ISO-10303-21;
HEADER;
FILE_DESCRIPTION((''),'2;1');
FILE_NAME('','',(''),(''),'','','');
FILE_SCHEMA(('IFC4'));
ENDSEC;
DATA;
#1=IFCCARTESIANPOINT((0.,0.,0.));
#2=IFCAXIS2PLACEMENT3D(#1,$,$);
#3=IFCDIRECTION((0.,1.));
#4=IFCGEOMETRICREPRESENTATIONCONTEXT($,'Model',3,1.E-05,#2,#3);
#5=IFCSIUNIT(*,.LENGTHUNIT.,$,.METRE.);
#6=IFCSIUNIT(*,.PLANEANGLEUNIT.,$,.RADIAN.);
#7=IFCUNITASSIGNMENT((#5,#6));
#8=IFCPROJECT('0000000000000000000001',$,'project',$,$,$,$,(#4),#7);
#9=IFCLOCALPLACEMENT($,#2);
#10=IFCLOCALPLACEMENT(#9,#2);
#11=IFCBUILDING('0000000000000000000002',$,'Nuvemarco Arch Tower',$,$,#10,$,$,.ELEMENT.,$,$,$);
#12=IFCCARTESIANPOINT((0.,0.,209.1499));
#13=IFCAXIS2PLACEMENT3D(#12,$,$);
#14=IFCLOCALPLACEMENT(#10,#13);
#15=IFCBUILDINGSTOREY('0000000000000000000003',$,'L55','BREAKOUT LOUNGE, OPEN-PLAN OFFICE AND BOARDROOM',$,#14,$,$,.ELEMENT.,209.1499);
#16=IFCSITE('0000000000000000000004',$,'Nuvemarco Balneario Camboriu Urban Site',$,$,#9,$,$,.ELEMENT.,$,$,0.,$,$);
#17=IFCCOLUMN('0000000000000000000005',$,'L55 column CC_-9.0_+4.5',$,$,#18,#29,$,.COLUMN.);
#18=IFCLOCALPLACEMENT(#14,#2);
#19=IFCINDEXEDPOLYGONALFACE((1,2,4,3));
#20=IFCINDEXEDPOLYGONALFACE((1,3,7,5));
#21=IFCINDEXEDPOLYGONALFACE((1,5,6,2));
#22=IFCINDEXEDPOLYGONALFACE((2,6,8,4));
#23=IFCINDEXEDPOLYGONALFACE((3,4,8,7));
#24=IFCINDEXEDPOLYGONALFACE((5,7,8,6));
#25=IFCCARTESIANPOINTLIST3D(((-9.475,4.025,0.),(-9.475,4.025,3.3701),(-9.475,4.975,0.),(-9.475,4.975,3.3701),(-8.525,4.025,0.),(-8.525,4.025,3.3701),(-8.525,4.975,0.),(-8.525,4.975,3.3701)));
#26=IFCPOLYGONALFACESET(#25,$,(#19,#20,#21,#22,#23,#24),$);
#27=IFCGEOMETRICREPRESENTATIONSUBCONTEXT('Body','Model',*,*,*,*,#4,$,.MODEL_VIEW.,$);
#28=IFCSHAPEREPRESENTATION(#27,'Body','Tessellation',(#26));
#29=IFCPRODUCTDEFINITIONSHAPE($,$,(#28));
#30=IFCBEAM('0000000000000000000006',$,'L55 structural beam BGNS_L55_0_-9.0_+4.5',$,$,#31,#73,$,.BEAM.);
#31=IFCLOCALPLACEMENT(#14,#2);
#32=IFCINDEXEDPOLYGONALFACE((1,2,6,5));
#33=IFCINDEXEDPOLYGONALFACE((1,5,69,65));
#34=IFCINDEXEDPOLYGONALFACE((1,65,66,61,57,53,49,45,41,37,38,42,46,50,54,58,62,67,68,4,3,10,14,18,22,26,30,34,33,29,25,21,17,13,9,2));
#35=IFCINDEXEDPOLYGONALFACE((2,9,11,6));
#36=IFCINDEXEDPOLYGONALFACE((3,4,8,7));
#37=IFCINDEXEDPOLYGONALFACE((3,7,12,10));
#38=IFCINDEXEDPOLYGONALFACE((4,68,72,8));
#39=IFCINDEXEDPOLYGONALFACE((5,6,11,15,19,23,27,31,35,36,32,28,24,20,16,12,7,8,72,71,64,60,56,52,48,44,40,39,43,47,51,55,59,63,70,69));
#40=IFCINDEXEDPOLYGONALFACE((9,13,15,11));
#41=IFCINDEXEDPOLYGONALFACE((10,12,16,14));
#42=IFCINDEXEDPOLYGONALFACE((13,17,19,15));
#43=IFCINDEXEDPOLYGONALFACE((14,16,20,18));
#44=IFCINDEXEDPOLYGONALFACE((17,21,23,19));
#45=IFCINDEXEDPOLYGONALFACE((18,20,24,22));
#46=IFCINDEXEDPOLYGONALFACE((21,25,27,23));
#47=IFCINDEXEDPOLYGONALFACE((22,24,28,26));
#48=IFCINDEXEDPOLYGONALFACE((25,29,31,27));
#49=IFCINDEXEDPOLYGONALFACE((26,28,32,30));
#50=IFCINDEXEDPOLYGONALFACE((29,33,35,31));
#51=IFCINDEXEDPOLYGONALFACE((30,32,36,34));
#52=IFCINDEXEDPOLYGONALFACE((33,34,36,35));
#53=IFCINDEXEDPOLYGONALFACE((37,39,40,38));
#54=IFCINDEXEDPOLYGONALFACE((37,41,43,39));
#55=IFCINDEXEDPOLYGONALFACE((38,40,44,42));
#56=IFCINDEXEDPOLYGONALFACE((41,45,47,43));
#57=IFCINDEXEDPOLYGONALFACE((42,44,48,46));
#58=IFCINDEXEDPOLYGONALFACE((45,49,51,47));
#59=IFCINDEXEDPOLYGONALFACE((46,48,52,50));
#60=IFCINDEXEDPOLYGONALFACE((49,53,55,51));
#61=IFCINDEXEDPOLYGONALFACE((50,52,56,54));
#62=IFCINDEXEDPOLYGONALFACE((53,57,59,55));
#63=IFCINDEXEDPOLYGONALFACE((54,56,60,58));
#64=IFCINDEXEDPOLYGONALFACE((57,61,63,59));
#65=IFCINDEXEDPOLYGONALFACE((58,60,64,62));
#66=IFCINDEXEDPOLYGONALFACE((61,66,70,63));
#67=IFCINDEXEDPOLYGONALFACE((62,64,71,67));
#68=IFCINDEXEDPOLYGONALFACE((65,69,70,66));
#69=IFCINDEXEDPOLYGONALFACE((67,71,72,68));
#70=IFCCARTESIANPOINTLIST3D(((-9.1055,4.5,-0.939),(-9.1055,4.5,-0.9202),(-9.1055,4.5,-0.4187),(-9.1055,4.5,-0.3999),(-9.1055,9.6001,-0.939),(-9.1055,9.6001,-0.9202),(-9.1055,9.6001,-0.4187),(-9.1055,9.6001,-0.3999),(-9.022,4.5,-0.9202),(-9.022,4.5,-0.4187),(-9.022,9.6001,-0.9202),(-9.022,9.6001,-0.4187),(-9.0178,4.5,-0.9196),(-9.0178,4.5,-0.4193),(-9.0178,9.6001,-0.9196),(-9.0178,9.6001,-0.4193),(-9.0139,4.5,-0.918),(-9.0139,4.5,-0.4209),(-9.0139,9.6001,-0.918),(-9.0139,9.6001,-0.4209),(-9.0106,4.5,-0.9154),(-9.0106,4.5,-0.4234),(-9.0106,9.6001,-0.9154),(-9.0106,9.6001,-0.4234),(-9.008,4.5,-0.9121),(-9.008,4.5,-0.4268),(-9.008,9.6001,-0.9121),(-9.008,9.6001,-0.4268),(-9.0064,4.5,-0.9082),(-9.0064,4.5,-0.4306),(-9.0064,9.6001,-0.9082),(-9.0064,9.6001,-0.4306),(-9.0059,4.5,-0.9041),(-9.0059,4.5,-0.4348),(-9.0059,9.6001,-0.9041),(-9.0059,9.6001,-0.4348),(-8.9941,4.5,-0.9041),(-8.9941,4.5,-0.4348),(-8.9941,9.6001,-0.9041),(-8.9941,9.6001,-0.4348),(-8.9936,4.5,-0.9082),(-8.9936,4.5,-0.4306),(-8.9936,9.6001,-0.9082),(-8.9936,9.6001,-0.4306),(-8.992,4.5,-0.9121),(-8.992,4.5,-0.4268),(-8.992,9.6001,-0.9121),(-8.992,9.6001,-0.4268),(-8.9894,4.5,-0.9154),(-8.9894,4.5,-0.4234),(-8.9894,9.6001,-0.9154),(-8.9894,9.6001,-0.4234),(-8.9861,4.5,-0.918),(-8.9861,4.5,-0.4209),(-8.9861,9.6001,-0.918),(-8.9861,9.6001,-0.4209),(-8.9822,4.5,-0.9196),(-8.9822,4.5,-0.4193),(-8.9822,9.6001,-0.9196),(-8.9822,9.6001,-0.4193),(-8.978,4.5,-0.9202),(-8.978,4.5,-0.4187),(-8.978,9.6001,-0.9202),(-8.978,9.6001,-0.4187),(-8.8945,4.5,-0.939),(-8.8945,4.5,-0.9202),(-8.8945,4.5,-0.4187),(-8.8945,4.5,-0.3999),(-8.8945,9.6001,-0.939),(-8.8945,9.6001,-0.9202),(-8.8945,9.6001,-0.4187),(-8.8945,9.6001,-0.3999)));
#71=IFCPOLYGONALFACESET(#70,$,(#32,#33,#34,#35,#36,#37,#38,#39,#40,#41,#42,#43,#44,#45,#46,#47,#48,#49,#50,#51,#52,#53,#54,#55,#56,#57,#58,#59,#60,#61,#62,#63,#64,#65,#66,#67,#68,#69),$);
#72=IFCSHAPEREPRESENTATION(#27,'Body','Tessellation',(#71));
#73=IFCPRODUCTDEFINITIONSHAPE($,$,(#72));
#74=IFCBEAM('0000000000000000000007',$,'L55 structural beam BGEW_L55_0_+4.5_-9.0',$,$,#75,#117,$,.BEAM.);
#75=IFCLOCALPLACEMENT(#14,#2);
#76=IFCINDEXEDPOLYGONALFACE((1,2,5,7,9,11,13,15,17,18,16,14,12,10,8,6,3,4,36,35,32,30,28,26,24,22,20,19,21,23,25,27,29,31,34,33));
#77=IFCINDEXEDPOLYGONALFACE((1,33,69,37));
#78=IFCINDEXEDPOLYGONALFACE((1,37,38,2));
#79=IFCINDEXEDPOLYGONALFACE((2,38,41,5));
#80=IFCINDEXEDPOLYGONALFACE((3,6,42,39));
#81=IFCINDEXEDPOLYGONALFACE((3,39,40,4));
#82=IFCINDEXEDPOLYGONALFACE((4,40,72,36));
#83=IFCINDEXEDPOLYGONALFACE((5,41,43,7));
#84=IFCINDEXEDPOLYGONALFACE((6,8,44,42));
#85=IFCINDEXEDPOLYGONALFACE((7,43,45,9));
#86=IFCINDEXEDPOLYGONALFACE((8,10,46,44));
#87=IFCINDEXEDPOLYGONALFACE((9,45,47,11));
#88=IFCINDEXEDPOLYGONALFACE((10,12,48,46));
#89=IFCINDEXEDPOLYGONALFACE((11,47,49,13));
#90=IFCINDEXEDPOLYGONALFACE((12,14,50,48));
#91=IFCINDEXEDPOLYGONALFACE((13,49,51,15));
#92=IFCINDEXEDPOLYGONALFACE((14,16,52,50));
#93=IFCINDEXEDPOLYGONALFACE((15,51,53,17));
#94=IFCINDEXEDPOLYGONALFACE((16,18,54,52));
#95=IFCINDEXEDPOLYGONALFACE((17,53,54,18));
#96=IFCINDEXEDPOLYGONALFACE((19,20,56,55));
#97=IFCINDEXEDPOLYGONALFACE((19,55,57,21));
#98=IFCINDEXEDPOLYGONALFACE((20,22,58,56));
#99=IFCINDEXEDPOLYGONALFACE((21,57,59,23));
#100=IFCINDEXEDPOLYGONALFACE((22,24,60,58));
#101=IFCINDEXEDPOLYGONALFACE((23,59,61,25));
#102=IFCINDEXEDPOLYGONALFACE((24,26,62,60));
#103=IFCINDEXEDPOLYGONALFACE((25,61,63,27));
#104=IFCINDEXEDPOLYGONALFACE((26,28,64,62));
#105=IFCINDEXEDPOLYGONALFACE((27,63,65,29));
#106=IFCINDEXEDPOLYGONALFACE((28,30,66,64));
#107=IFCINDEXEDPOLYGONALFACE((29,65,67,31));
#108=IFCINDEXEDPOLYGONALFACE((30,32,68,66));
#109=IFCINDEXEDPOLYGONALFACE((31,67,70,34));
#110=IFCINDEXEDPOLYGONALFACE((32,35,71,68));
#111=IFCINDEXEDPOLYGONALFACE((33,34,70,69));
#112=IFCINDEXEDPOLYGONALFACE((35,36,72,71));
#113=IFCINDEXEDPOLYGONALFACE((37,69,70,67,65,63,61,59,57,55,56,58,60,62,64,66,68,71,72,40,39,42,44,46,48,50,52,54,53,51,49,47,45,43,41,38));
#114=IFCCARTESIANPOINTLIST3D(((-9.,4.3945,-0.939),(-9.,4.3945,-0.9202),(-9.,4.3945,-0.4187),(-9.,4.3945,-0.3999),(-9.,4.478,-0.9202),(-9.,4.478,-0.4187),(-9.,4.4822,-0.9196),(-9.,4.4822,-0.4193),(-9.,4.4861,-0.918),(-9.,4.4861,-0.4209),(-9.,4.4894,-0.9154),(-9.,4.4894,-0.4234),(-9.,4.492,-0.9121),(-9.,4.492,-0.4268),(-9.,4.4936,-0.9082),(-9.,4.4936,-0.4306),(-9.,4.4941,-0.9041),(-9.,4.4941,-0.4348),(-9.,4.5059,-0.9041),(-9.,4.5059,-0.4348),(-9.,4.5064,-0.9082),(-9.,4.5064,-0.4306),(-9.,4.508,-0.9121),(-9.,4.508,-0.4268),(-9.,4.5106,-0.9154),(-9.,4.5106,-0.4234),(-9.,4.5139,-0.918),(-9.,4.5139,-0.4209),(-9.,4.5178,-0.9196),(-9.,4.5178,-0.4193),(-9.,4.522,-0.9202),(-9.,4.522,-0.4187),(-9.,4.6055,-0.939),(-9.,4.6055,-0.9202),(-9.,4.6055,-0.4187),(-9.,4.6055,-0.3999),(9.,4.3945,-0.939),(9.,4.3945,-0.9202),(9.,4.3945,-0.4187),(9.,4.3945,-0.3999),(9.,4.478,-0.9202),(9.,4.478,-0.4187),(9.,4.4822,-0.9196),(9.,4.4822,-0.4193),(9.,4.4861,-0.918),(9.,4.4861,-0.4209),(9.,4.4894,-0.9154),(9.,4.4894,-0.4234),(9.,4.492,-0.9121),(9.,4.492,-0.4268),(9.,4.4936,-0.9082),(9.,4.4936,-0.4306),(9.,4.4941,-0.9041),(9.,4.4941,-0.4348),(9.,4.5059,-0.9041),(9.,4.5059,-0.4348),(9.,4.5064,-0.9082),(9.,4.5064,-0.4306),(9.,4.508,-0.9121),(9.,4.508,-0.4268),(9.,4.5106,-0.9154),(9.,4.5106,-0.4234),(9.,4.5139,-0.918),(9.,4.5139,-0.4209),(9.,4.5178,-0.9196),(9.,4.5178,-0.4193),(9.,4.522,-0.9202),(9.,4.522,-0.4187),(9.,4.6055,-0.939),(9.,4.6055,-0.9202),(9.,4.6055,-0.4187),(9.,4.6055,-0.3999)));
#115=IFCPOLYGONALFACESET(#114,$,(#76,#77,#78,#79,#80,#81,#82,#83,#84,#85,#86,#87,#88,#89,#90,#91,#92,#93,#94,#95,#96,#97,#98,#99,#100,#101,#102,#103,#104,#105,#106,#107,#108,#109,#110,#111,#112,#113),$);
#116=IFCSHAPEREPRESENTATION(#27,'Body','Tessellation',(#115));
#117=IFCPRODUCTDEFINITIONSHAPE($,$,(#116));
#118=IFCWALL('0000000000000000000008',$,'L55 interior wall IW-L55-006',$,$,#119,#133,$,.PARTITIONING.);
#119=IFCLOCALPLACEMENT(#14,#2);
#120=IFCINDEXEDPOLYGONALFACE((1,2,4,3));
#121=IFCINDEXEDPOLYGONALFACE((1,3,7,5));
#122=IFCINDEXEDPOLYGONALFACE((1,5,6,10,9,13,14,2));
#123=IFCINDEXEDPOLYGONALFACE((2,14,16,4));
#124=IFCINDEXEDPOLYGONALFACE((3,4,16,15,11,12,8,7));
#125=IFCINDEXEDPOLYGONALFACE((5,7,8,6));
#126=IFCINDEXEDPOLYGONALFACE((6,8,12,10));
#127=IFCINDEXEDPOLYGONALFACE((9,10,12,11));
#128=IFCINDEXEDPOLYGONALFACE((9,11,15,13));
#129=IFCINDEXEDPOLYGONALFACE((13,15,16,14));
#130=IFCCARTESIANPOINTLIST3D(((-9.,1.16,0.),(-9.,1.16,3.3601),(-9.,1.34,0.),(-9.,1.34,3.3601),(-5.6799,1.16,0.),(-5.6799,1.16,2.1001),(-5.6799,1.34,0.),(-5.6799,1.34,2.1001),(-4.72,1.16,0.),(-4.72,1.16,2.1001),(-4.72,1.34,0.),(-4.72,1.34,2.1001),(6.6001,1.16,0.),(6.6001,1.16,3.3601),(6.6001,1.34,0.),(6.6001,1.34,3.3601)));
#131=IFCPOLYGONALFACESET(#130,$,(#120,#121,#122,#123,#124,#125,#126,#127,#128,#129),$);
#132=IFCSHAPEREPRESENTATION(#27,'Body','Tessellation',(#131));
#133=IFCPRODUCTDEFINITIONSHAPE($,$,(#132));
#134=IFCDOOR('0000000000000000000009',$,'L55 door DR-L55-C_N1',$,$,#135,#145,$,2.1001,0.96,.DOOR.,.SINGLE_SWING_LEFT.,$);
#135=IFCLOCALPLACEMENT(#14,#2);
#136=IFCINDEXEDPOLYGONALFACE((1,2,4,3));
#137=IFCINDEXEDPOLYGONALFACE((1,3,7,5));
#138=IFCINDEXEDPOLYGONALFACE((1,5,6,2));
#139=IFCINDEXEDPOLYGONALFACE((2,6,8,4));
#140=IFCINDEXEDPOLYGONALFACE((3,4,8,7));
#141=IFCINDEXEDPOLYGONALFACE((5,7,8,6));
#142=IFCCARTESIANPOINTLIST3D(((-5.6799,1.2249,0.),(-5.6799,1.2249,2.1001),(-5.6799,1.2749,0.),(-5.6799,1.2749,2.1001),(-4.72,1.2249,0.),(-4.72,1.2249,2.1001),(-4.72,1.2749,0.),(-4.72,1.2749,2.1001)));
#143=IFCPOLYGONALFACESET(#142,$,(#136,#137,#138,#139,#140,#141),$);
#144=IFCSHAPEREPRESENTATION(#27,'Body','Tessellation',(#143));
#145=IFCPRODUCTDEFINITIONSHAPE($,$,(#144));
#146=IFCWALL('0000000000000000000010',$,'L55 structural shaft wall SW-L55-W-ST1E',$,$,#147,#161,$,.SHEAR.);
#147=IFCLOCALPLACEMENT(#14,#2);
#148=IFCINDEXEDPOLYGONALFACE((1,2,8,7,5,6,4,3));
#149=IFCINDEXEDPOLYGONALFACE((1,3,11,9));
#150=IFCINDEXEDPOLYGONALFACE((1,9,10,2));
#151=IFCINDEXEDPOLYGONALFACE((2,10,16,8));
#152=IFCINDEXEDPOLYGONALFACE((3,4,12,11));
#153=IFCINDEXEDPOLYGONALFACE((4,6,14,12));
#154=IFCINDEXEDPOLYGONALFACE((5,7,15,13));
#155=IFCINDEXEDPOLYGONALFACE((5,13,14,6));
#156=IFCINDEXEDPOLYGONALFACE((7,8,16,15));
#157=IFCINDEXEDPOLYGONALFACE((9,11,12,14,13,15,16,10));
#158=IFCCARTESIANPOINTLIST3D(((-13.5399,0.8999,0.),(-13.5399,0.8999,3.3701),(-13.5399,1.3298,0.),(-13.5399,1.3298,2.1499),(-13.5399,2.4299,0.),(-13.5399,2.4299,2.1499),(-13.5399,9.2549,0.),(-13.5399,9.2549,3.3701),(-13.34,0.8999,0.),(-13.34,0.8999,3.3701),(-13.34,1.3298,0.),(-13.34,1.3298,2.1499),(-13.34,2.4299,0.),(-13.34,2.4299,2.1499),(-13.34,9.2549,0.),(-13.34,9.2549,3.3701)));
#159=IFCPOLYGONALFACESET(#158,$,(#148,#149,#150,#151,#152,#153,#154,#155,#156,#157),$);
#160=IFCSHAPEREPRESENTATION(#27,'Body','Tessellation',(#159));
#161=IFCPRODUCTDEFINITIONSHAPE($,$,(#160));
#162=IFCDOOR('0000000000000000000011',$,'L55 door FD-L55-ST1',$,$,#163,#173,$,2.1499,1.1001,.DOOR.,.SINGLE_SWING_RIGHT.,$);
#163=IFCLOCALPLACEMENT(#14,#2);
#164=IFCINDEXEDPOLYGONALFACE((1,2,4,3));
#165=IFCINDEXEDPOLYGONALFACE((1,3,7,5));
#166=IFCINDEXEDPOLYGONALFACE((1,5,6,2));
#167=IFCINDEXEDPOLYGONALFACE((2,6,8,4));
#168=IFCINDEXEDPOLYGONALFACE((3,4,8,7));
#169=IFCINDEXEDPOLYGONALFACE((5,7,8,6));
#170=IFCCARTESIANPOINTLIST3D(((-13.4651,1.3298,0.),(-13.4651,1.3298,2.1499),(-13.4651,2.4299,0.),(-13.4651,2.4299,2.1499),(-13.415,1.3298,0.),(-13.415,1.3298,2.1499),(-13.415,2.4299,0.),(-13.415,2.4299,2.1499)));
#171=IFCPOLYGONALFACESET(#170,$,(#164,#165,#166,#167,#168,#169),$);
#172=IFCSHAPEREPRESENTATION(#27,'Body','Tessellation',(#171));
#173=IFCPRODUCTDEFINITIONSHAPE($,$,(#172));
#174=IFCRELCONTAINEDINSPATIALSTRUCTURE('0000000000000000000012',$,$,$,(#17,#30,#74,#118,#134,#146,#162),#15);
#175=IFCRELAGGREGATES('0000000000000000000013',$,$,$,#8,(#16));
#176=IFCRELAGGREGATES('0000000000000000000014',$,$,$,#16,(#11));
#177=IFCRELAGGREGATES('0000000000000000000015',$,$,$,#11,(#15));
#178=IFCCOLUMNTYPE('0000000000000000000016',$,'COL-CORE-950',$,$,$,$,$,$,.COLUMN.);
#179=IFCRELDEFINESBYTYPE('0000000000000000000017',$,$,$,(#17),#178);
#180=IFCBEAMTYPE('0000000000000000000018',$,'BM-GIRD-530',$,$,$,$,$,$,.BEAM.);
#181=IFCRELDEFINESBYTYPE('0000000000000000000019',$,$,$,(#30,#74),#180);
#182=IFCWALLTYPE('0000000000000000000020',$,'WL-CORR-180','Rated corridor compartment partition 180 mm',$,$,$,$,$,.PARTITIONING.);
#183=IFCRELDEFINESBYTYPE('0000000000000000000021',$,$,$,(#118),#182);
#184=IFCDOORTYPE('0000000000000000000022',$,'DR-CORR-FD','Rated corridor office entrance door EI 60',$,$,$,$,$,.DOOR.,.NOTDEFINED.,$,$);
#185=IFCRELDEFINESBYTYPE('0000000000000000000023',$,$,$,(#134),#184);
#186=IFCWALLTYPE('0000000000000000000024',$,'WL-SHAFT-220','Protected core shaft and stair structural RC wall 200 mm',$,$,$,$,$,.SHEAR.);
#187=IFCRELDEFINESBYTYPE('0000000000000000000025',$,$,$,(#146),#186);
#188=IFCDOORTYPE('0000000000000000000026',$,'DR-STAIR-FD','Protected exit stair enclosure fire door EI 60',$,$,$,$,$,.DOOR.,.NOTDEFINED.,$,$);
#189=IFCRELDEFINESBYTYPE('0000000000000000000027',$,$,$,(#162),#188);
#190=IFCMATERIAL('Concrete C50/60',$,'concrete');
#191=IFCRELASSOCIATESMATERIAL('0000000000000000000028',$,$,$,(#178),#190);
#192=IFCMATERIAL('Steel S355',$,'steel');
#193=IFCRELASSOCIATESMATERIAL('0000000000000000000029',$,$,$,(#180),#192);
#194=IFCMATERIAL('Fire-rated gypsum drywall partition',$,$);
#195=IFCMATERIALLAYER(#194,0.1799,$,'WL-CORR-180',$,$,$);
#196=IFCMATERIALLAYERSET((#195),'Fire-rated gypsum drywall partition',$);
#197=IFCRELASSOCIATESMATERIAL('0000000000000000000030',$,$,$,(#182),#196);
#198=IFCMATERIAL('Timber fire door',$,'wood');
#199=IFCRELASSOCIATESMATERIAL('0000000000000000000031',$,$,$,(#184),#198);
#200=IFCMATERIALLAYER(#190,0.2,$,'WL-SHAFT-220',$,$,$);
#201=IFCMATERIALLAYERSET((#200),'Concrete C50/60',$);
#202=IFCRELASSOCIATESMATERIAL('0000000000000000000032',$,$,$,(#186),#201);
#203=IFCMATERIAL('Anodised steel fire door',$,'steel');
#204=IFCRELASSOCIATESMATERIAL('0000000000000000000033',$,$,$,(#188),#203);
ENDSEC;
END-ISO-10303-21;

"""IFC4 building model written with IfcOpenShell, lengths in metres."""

from ifc_helpers import new_model, si_unit, direction, frame, frame_2d, origin, origin_2d, place, context, subcontext, project, spatial, rectangle, i_section, extrude, source, transform, mapped, material, layer, layer_set, material_profile, profile_set, type_object, type_shapes, element, fill, save


model = new_model("IFC4")

# Units and contexts
model_context = context("Model", 3, precision=1e-05, world=origin(), true_north=direction((0.0, 1.0)))
body_context = subcontext(model_context, "Body", "Model", "MODEL_VIEW")
ifc_project = project(units=[si_unit("LENGTHUNIT", "METRE"), si_unit("PLANEANGLEUNIT", "RADIAN")], contexts=[model_context])

# Site, building, storey
site_placement = place(None, origin())
site = spatial("IfcSite", under=ifc_project, at=site_placement, Name="Nuvemarco Balneario Camboriu Urban Site", CompositionType="ELEMENT", RefElevation=0.0)
building_placement = place(site_placement, origin())
building = spatial("IfcBuilding", under=site, at=building_placement, Name="Nuvemarco Arch Tower", CompositionType="ELEMENT")
storey_placement = place(building_placement, frame((0.0, 0.0, 209.1499)))
storey = spatial("IfcBuildingStorey", under=building, at=storey_placement, Name="L55", Description="BREAKOUT LOUNGE, OPEN-PLAN OFFICE AND BOARDROOM", CompositionType="ELEMENT", Elevation=209.1499)

# Column
ifc_material_1 = material(Name="Concrete C50/60", Category="concrete")
ifc_material_profile_1 = material_profile(ifc_material_1, rectangle(XDim=0.95, YDim=0.95, at=origin_2d()), Name="RC-COL-950x950")
ifc_profile_set_1 = profile_set([ifc_material_profile_1], Name="Concrete C50/60")
column_type = type_object("IfcColumnType", Name="COL-CORE-950", PredefinedType="COLUMN", material=ifc_profile_set_1)
column_placement = place(storey_placement, frame((-9.0, 4.5, 0.0), z_axis=(0.0, 0.0, 1.0), x_axis=(1.0, 0.0, 0.0)))
element("IfcColumn", 1, at=column_placement, inside=storey, type_object=column_type, Name="L55 column CC_-9.0_+4.5", PredefinedType="COLUMN", context=body_context, shape_type="SweptSolid", body=[
    extrude(rectangle(XDim=0.95, YDim=0.95, at=origin_2d()), origin(), (0.0, 0.0, 1.0), 3.3701),
])

# Beams
ifc_material_2 = material(Name="Steel S355", Category="steel")
ifc_material_profile_2 = material_profile(ifc_material_2, i_section(OverallWidth=0.2109, OverallDepth=0.5391, WebThickness=0.0117, FlangeThickness=0.0188, FilletRadius=0.0161, at=origin_2d()), Name="W530x109")
ifc_profile_set_2 = profile_set([ifc_material_profile_2], Name="Steel S355")
beam_type = type_object("IfcBeamType", Name="BM-GIRD-530", PredefinedType="BEAM", material=ifc_profile_set_2)
beam_1_placement = place(storey_placement, frame((-9.0, 4.5, -0.6694), z_axis=(0.0, 1.0, 0.0), x_axis=(-1.0, 0.0, 0.0)))
element("IfcBeam", 2, at=beam_1_placement, inside=storey, type_object=beam_type, Name="L55 structural beam BGNS_L55_0_-9.0_+4.5", PredefinedType="BEAM", context=body_context, shape_type="SweptSolid", body=[
    extrude(i_section(OverallWidth=0.2109, OverallDepth=0.5391, WebThickness=0.0117, FlangeThickness=0.0188, FilletRadius=0.0161, at=origin_2d()), origin(), (0.0, 0.0, 1.0), 5.1001),
])
beam_2_placement = place(storey_placement, frame((-9.0, 4.5, -0.6694), z_axis=(1.0, 0.0, 0.0), x_axis=(0.0, 1.0, 0.0)))
element("IfcBeam", 3, at=beam_2_placement, inside=storey, type_object=beam_type, Name="L55 structural beam BGEW_L55_0_+4.5_-9.0", PredefinedType="BEAM", context=body_context, shape_type="SweptSolid", body=[
    extrude(i_section(OverallWidth=0.2109, OverallDepth=0.5391, WebThickness=0.0117, FlangeThickness=0.0188, FilletRadius=0.0161, at=origin_2d()), origin(), (0.0, 0.0, 1.0), 18.0),
])

# Walls, openings, doors
ifc_material_3 = material(Name="Fire-rated gypsum drywall partition")
ifc_layer_1 = layer(ifc_material_3, 0.1799, Name="WL-CORR-180")
ifc_layer_set_1 = layer_set([ifc_layer_1], Name="Fire-rated gypsum drywall partition")
wall_type_1 = type_object("IfcWallType", Name="WL-CORR-180", Description="Rated corridor compartment partition 180 mm", PredefinedType="PARTITIONING", material=ifc_layer_set_1)
wall_1_placement = place(storey_placement, frame((-9.0, 1.25, 0.0), z_axis=(0.0, 0.0, 1.0), x_axis=(1.0, 0.0, 0.0)))
wall_1 = element("IfcWall", 4, at=wall_1_placement, inside=storey, type_object=wall_type_1, Name="L55 interior wall IW-L55-006", PredefinedType="PARTITIONING", context=body_context, shape_type="SweptSolid", body=[
    extrude(rectangle(XDim=15.6001, YDim=0.1799, at=frame_2d((7.8, 0.0))), origin(), (0.0, 0.0, 1.0), 3.3601),
])
opening_1_placement = place(wall_1_placement, frame((3.3201, 0.0, 0.0)))
opening_1 = element("IfcOpeningElement", 5, at=opening_1_placement, cuts=wall_1, PredefinedType="OPENING", context=body_context, shape_type="SweptSolid", body=[
    extrude(rectangle(XDim=0.96, YDim=2.1001, at=frame_2d((0.48, 1.05))), frame((0.0, 0.0999, 0.0), z_axis=(0.0, -1.0, 0.0), x_axis=(1.0, 0.0, 0.0)), (0.0, 0.0, 1.0), 0.2),
])
ifc_material_4 = material(Name="Timber fire door", Category="wood")
door_type_1 = type_object("IfcDoorType", Name="DR-CORR-FD", Description="Rated corridor office entrance door EI 60", OperationType="NOTDEFINED", PredefinedType="DOOR", material=ifc_material_4)
shared_shape_1 = source(origin(), body_context, "Body", "SweptSolid", [
    extrude(rectangle(XDim=0.96, YDim=2.1001, at=frame_2d((0.48, 1.05))), frame((0.0, 0.0249, 0.0), z_axis=(0.0, -1.0, 0.0), x_axis=(1.0, 0.0, 0.0)), (0.0, 0.0, 1.0), 0.05),
])
type_shapes(door_type_1, [shared_shape_1])
door_1_placement = place(opening_1_placement, origin())
door_1 = element("IfcDoor", 6, at=door_1_placement, inside=storey, type_object=door_type_1, Name="L55 door DR-L55-C_N1", OperationType="SINGLE_SWING_LEFT", OverallHeight=2.1001, OverallWidth=0.96, PredefinedType="DOOR", context=body_context, shape_type="MappedRepresentation", body=[
    mapped(shared_shape_1, transform((0.0, 0.0, 0.0), scale=1.0)),
])
fill(opening_1, door_1)
ifc_layer_2 = layer(ifc_material_1, 0.2, Name="WL-SHAFT-220")
ifc_layer_set_2 = layer_set([ifc_layer_2], Name="Concrete C50/60")
wall_type_2 = type_object("IfcWallType", Name="WL-SHAFT-220", Description="Protected core shaft and stair structural RC wall 200 mm", PredefinedType="SHEAR", material=ifc_layer_set_2)
wall_2_placement = place(storey_placement, frame((-13.4399, 0.8999, 0.0), z_axis=(0.0, 0.0, 1.0), x_axis=(0.0, 1.0, 0.0)))
wall_2 = element("IfcWall", 7, at=wall_2_placement, inside=storey, type_object=wall_type_2, Name="L55 structural shaft wall SW-L55-W-ST1E", PredefinedType="SHEAR", context=body_context, shape_type="SweptSolid", body=[
    extrude(rectangle(XDim=8.355, YDim=0.2, at=frame_2d((4.1775, 0.0))), origin(), (0.0, 0.0, 1.0), 3.3701),
])
opening_2_placement = place(wall_2_placement, frame((1.53, 0.0, 0.0), z_axis=(0.0, 0.0, 1.0), x_axis=(-1.0, 0.0, 0.0)))
opening_2 = element("IfcOpeningElement", 8, at=opening_2_placement, cuts=wall_2, PredefinedType="OPENING", context=body_context, shape_type="SweptSolid", body=[
    extrude(rectangle(XDim=1.1001, YDim=2.1499, at=frame_2d((0.55, 1.075))), frame((0.0, 0.1099, 0.0), z_axis=(0.0, -1.0, 0.0), x_axis=(1.0, 0.0, 0.0)), (0.0, 0.0, 1.0), 0.22),
])
ifc_material_5 = material(Name="Anodised steel fire door", Category="steel")
door_type_2 = type_object("IfcDoorType", Name="DR-STAIR-FD", Description="Protected exit stair enclosure fire door EI 60", OperationType="NOTDEFINED", PredefinedType="DOOR", material=ifc_material_5)
shared_shape_2 = source(origin(), body_context, "Body", "SweptSolid", [
    extrude(rectangle(XDim=1.1001, YDim=2.1499, at=frame_2d((0.55, 1.075))), frame((0.0, 0.0249, 0.0), z_axis=(0.0, -1.0, 0.0), x_axis=(1.0, 0.0, 0.0)), (0.0, 0.0, 1.0), 0.05),
])
type_shapes(door_type_2, [shared_shape_2])
door_2_placement = place(opening_2_placement, origin())
door_2 = element("IfcDoor", 9, at=door_2_placement, inside=storey, type_object=door_type_2, Name="L55 door FD-L55-ST1", OperationType="SINGLE_SWING_RIGHT", OverallHeight=2.1499, OverallWidth=1.1001, PredefinedType="DOOR", context=body_context, shape_type="MappedRepresentation", body=[
    mapped(shared_shape_2, transform((0.0, 0.0, 0.0), scale=1.0)),
])
fill(opening_2, door_2)

save(model, "model.ifc")
